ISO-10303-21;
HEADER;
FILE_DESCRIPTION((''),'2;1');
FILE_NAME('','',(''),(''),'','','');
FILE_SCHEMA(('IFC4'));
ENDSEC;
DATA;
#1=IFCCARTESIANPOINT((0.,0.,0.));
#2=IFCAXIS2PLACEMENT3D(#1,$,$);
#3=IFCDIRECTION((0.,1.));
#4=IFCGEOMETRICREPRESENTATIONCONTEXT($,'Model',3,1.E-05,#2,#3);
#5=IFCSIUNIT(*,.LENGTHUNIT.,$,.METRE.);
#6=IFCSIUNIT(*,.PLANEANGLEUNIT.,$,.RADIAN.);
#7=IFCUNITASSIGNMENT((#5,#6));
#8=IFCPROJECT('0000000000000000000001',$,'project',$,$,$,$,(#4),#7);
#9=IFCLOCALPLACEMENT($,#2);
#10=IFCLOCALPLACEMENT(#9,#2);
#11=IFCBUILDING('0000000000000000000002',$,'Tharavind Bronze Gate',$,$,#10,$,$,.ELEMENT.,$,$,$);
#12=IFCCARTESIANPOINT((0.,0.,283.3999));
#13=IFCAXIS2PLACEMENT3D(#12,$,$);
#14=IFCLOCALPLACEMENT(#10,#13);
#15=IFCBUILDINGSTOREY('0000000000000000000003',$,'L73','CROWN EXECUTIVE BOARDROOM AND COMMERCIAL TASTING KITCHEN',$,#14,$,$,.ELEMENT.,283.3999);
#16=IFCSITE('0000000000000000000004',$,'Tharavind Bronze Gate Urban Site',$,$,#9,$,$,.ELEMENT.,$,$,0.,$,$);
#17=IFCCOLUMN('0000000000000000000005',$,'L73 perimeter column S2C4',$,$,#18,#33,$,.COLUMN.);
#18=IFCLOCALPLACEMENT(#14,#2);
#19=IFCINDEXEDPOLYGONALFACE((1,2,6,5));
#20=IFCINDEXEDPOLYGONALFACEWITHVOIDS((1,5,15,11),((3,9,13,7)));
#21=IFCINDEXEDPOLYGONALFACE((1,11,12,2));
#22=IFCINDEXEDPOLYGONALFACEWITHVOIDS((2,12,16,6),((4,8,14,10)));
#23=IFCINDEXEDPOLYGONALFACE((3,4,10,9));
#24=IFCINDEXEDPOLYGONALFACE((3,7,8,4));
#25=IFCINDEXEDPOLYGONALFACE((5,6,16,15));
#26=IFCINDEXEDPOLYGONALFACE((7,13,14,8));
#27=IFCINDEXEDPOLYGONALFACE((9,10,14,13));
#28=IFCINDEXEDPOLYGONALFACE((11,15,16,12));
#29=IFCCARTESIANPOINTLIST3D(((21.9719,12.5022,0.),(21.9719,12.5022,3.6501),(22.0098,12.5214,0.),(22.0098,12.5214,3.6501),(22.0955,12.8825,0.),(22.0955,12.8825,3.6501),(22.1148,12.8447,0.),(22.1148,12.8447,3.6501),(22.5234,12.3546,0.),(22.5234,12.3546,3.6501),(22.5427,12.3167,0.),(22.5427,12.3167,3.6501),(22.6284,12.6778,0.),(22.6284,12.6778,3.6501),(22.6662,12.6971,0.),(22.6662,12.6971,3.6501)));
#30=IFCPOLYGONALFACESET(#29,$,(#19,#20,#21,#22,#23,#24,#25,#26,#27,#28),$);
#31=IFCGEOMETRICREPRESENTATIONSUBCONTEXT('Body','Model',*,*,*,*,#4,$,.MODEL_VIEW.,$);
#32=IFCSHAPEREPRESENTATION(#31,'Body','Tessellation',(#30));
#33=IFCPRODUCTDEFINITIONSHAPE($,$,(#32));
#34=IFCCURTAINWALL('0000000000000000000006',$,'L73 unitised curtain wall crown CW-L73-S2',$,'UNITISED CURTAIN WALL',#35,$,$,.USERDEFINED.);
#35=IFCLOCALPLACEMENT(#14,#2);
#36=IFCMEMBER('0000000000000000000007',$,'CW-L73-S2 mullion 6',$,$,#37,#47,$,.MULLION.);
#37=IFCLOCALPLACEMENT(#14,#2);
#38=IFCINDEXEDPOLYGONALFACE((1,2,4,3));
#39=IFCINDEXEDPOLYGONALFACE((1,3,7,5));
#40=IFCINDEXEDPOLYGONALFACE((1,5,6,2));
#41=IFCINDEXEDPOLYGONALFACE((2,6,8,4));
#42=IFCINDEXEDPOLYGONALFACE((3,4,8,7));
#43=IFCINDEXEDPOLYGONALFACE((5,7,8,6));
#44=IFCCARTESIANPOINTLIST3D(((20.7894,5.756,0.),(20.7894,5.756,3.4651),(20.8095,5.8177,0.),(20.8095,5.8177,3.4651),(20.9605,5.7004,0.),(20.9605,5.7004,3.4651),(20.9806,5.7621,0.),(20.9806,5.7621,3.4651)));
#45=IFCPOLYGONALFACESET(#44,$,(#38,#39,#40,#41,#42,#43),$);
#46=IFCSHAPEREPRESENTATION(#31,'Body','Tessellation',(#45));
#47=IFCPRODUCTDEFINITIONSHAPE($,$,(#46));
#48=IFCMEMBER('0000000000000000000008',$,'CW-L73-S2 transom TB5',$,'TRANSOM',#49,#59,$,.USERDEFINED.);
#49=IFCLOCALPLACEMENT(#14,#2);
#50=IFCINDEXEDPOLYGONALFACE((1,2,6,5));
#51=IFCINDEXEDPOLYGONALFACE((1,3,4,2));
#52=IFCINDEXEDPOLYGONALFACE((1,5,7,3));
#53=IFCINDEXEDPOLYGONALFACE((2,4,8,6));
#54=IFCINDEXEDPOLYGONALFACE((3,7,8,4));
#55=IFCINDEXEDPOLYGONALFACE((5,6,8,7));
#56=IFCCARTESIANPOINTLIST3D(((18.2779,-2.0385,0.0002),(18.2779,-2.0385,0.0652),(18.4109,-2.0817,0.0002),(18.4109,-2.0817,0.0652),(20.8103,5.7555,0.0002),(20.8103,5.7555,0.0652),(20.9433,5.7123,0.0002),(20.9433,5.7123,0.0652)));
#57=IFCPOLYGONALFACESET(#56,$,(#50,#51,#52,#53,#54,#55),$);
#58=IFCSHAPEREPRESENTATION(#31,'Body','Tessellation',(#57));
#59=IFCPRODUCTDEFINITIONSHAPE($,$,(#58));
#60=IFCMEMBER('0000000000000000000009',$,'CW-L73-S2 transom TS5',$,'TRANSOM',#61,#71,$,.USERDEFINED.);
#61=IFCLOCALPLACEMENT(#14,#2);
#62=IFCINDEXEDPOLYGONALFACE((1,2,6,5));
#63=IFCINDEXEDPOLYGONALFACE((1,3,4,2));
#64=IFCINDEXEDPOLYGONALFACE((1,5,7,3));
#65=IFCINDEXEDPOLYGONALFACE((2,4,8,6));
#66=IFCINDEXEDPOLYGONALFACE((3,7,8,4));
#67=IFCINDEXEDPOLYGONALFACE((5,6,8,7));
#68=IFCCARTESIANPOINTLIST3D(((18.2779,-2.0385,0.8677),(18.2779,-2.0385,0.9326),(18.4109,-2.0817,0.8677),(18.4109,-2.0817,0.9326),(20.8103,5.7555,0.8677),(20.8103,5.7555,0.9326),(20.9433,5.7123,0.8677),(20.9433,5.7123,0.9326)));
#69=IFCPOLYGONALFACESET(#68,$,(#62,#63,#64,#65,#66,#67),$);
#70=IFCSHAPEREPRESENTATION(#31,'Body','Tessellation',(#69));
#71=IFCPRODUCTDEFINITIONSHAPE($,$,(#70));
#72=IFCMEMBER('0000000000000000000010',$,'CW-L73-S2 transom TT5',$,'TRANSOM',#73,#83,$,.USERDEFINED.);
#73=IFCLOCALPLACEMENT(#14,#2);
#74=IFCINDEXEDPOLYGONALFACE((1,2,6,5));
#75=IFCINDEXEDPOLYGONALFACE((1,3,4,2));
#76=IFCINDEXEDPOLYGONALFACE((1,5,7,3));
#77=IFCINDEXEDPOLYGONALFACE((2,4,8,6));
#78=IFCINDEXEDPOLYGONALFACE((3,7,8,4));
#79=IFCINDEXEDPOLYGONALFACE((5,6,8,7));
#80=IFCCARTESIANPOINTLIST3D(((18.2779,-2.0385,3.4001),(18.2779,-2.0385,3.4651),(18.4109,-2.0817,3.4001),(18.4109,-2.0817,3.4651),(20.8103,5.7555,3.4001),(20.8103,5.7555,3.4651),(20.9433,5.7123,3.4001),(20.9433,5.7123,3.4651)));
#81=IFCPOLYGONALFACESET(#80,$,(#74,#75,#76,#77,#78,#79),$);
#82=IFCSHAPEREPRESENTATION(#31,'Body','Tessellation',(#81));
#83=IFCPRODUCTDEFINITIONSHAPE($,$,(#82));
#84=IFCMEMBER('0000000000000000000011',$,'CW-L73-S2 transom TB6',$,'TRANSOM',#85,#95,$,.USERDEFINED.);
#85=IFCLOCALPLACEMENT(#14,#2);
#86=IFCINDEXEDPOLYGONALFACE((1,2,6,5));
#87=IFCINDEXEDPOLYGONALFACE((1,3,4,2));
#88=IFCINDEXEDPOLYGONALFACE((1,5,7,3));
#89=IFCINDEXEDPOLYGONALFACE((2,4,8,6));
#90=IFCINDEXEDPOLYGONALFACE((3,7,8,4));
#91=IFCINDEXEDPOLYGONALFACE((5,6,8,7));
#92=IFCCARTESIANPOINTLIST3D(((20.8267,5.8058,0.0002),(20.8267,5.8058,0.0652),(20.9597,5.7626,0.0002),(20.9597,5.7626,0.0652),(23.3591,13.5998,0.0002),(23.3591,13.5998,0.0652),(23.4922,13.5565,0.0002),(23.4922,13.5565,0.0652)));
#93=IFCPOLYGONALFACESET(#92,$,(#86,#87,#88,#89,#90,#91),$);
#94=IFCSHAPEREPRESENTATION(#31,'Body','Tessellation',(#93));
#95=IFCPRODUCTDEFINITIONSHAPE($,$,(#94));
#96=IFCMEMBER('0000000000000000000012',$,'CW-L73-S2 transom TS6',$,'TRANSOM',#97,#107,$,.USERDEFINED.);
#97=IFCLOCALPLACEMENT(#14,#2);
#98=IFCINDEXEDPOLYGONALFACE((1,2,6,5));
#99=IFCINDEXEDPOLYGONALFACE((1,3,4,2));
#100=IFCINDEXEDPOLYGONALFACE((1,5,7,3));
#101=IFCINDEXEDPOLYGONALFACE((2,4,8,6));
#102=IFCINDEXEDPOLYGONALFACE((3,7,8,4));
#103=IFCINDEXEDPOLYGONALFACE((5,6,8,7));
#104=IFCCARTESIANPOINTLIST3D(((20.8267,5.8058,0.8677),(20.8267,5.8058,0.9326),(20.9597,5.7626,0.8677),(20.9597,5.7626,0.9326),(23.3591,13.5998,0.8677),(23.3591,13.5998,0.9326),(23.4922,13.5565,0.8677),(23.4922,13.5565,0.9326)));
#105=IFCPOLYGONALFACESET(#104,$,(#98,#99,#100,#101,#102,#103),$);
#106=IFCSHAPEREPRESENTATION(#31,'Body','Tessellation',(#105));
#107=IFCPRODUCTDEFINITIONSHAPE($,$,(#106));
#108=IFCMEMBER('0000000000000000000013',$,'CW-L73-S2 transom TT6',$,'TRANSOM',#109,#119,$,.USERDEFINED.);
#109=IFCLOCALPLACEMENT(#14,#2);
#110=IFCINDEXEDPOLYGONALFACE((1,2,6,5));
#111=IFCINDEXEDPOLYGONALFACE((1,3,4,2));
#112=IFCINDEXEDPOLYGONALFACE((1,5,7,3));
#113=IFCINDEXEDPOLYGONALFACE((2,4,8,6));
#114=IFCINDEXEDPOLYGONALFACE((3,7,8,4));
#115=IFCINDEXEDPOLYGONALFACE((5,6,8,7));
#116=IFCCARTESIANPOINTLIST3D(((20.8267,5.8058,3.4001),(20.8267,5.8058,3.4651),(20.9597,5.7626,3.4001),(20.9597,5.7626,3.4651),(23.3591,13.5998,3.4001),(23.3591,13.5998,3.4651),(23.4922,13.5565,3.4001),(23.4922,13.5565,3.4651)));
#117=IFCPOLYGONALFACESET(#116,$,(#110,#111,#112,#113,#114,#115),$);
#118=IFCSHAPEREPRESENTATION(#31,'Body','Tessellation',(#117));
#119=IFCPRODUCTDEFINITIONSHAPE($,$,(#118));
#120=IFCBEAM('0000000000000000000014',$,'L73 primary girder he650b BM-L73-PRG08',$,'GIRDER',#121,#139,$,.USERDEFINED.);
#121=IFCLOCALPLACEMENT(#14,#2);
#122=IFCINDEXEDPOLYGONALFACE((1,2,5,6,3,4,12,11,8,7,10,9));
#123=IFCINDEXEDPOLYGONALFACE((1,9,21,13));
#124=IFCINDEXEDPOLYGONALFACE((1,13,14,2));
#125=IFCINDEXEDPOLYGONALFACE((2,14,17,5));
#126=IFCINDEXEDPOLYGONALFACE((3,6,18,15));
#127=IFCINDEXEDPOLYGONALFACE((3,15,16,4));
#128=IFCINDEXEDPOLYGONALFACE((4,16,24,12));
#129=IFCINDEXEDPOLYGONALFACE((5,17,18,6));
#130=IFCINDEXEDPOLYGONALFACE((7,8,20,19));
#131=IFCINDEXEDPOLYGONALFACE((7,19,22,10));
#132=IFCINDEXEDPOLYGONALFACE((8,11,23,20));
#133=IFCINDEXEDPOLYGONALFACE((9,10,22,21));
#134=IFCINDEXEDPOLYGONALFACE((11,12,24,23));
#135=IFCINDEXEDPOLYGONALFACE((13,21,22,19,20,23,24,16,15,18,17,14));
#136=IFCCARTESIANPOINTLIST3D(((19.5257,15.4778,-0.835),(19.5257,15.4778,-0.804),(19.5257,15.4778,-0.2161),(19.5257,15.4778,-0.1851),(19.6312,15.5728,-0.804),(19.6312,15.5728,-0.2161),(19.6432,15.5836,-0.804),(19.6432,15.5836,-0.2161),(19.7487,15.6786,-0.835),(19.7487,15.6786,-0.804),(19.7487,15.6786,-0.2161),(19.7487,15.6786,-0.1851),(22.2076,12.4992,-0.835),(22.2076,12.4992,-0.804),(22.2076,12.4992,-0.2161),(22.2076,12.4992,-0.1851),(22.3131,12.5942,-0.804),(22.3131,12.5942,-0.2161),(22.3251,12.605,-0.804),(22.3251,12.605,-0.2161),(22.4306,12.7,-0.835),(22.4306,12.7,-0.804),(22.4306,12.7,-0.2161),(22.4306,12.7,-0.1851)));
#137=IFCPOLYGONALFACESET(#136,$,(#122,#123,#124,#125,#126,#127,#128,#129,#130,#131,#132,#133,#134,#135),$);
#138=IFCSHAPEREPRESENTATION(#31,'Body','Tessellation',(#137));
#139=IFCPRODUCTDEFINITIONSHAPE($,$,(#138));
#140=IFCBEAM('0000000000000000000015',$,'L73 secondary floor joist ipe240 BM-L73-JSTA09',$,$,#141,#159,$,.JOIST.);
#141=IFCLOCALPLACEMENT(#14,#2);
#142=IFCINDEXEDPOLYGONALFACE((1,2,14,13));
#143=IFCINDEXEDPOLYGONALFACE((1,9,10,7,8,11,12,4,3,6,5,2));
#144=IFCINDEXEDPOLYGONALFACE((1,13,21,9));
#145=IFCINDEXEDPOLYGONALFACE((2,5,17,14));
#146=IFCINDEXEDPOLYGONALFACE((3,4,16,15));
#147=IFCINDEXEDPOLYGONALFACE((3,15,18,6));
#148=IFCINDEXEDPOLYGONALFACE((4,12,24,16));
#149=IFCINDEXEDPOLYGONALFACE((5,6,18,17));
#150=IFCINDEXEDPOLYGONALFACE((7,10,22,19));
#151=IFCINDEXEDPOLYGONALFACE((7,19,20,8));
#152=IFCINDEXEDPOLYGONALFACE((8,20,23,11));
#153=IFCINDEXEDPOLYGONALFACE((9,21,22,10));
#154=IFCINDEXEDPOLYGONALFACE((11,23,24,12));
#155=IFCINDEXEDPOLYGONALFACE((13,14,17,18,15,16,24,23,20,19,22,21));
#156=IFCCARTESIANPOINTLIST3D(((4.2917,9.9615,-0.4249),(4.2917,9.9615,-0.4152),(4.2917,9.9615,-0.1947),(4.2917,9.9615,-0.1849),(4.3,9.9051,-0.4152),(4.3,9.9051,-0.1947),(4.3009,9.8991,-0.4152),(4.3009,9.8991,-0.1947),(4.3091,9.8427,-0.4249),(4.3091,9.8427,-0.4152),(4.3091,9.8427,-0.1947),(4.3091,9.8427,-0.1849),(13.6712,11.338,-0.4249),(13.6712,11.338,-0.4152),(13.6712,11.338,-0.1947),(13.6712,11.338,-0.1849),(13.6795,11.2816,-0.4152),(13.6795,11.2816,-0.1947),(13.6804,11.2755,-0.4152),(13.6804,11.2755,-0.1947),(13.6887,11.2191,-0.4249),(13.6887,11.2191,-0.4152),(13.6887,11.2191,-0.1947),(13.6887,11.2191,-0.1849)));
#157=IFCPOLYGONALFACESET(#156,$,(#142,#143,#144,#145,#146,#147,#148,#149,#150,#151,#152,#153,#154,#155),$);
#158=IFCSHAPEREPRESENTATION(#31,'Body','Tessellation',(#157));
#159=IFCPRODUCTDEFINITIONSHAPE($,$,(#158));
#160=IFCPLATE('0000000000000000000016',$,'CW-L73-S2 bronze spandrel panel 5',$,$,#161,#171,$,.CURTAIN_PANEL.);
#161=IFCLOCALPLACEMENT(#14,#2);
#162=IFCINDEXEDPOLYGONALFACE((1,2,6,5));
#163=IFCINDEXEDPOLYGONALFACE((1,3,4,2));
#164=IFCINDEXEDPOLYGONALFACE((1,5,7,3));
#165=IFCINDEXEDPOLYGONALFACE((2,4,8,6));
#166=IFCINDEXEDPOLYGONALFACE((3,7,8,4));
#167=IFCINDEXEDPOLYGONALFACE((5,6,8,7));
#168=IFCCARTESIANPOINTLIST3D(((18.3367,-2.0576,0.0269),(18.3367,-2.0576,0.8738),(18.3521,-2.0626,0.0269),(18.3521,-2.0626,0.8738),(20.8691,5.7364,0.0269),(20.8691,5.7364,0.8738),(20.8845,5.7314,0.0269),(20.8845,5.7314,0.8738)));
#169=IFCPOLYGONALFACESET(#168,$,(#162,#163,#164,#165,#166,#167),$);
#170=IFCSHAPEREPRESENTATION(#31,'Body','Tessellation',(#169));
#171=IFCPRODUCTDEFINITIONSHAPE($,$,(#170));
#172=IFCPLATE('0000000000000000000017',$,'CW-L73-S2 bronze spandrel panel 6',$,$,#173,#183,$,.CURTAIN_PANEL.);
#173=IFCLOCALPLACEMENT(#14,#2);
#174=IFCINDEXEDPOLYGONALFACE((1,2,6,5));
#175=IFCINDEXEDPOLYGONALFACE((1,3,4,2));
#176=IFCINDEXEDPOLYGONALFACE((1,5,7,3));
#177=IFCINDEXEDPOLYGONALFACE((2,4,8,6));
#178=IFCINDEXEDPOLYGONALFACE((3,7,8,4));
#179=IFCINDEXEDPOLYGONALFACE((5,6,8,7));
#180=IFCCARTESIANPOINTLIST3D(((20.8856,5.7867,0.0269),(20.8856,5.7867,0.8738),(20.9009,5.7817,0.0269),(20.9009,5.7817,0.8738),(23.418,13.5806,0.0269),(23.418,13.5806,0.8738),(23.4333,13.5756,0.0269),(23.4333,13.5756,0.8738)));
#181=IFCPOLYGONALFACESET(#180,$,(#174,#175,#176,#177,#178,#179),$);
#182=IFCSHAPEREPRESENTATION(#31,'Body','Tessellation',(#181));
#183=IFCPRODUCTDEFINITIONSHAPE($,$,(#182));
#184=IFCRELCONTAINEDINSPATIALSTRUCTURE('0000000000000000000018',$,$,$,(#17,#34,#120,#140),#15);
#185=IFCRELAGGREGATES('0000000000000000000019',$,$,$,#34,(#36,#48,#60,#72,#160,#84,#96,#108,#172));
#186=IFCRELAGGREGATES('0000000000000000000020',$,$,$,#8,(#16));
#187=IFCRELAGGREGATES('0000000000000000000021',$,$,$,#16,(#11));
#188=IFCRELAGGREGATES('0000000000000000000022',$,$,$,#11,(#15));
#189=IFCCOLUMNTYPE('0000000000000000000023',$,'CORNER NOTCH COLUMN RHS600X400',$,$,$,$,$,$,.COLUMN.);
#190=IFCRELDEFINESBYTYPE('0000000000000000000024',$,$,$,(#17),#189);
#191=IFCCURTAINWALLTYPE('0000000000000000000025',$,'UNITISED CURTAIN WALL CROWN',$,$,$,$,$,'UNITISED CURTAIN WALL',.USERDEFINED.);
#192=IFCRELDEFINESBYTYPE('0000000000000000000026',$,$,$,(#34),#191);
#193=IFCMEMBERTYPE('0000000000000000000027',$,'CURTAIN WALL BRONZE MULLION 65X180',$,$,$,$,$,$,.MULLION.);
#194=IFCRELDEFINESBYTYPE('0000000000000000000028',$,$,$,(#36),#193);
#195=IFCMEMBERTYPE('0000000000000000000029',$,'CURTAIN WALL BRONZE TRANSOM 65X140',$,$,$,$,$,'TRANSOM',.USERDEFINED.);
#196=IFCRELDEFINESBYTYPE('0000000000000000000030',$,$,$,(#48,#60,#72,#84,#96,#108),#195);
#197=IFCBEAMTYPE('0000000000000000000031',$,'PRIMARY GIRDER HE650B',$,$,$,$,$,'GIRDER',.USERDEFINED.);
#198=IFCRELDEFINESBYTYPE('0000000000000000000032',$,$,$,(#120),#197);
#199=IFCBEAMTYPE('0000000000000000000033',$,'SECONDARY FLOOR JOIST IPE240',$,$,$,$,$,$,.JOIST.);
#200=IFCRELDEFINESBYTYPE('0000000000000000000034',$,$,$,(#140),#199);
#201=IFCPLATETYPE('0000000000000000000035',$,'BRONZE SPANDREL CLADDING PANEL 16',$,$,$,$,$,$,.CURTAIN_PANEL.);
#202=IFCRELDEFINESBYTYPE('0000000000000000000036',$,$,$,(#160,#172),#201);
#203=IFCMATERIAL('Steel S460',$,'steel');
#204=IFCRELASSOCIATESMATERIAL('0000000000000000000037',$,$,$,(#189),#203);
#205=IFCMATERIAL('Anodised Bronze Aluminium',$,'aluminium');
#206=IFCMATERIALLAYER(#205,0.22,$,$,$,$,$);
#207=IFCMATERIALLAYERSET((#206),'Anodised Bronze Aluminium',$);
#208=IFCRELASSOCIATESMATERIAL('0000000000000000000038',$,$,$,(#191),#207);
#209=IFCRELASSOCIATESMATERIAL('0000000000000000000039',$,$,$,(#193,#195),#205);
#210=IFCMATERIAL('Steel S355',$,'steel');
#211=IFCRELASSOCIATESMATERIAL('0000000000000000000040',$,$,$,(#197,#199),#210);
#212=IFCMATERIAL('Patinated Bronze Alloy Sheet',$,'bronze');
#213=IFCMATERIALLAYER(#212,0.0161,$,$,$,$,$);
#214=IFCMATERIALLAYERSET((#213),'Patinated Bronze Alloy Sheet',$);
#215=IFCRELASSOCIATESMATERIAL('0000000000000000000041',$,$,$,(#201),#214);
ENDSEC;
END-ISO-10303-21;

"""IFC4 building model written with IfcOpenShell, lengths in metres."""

from ifc_helpers import new_model, si_unit, direction, frame, origin, origin_2d, place, context, subcontext, project, spatial, rectangle, hollow_rectangle, i_section, extrude, material, layer, layer_set, material_profile, profile_set, type_object, element, aggregate, save


model = new_model("IFC4")

# Units and contexts
model_context = context("Model", 3, precision=1e-05, world=origin(), true_north=direction((0.0, 1.0)))
body_context = subcontext(model_context, "Body", "Model", "MODEL_VIEW")
ifc_project = project(units=[si_unit("LENGTHUNIT", "METRE"), si_unit("PLANEANGLEUNIT", "RADIAN")], contexts=[model_context])

# Site, building, storey
site_placement = place(None, origin())
site = spatial("IfcSite", under=ifc_project, at=site_placement, Name="Tharavind Bronze Gate Urban Site", CompositionType="ELEMENT", RefElevation=0.0)
building_placement = place(site_placement, origin())
building = spatial("IfcBuilding", under=site, at=building_placement, Name="Tharavind Bronze Gate", CompositionType="ELEMENT")
storey_placement = place(building_placement, frame((0.0, 0.0, 283.3999)))
storey = spatial("IfcBuildingStorey", under=building, at=storey_placement, Name="L73", Description="CROWN EXECUTIVE BOARDROOM AND COMMERCIAL TASTING KITCHEN", CompositionType="ELEMENT", Elevation=283.3999)

# Column
ifc_material_1 = material(Name="Steel S460", Category="steel")
ifc_material_profile_1 = material_profile(ifc_material_1, hollow_rectangle(XDim=0.3999, YDim=0.6001, WallThickness=0.03, at=origin_2d()), Name="RHS600X400X30")
ifc_profile_set_1 = profile_set([ifc_material_profile_1], Name="Steel S460")
column_type = type_object("IfcColumnType", Name="CORNER NOTCH COLUMN RHS600X400", PredefinedType="COLUMN", material=ifc_profile_set_1)
column_placement = place(storey_placement, frame((22.3191, 12.5996, 0.0), z_axis=(0.0, 0.0, 1.0), x_axis=(0.309019, 0.951056, 0.0)))
element("IfcColumn", 1, at=column_placement, inside=storey, type_object=column_type, Name="L73 perimeter column S2C4", PredefinedType="COLUMN", context=body_context, shape_type="SweptSolid", body=[
    extrude(hollow_rectangle(XDim=0.3999, YDim=0.6001, WallThickness=0.03, at=origin_2d()), origin(), (0.0, 0.0, 1.0), 3.6501),
])

# Curtain wall, members
ifc_material_2 = material(Name="Anodised Bronze Aluminium", Category="aluminium")
ifc_layer_1 = layer(ifc_material_2, 0.22)
ifc_layer_set_1 = layer_set([ifc_layer_1], Name="Anodised Bronze Aluminium")
curtain_wall_type = type_object("IfcCurtainWallType", Name="UNITISED CURTAIN WALL CROWN", ElementType="UNITISED CURTAIN WALL", PredefinedType="USERDEFINED", material=ifc_layer_set_1)
curtain_wall_placement = place(storey_placement, origin())
curtain_wall = element("IfcCurtainWall", 2, at=curtain_wall_placement, inside=storey, type_object=curtain_wall_type, Name="L73 unitised curtain wall crown CW-L73-S2", ObjectType="UNITISED CURTAIN WALL", PredefinedType="USERDEFINED")
member_type_1 = type_object("IfcMemberType", Name="CURTAIN WALL BRONZE MULLION 65X180", PredefinedType="MULLION", material=ifc_material_2)
member_1_placement = place(storey_placement, frame((20.885, 5.759, 0.0), z_axis=(0.0, 0.0, 1.0), x_axis=(0.309017, 0.951057, 0.0)))
member_1 = element("IfcMember", 3, at=member_1_placement, type_object=member_type_1, Name="CW-L73-S2 mullion 6", PredefinedType="MULLION", context=body_context, shape_type="SweptSolid", body=[
    extrude(rectangle(XDim=0.0649, YDim=0.1799, at=origin_2d()), origin(), (0.0, 0.0, 1.0), 3.4651),
])
member_type_2 = type_object("IfcMemberType", Name="CURTAIN WALL BRONZE TRANSOM 65X140", ElementType="TRANSOM", PredefinedType="USERDEFINED", material=ifc_material_2)
member_2_placement = place(storey_placement, frame((19.6106, 1.8369, 0.0002), z_axis=(0.0, 0.0, 1.0), x_axis=(0.309017, 0.951057, 0.0)))
member_2 = element("IfcMember", 4, at=member_2_placement, type_object=member_type_2, Name="CW-L73-S2 transom TB5", ObjectType="TRANSOM", PredefinedType="USERDEFINED", context=body_context, shape_type="SweptSolid", body=[
    extrude(rectangle(XDim=8.1951, YDim=0.1399, at=origin_2d()), origin(), (0.0, 0.0, 1.0), 0.0649),
])
member_3_placement = place(storey_placement, frame((19.6106, 1.8369, 0.8677), z_axis=(0.0, 0.0, 1.0), x_axis=(0.309017, 0.951057, 0.0)))
member_3 = element("IfcMember", 5, at=member_3_placement, type_object=member_type_2, Name="CW-L73-S2 transom TS5", ObjectType="TRANSOM", PredefinedType="USERDEFINED", context=body_context, shape_type="SweptSolid", body=[
    extrude(rectangle(XDim=8.1951, YDim=0.1399, at=origin_2d()), origin(), (0.0, 0.0, 1.0), 0.0649),
])
member_4_placement = place(storey_placement, frame((19.6106, 1.8369, 3.4001), z_axis=(0.0, 0.0, 1.0), x_axis=(0.309017, 0.951057, 0.0)))
member_4 = element("IfcMember", 6, at=member_4_placement, type_object=member_type_2, Name="CW-L73-S2 transom TT5", ObjectType="TRANSOM", PredefinedType="USERDEFINED", context=body_context, shape_type="SweptSolid", body=[
    extrude(rectangle(XDim=8.1951, YDim=0.1399, at=origin_2d()), origin(), (0.0, 0.0, 1.0), 0.0649),
])
member_5_placement = place(storey_placement, frame((22.1594, 9.6812, 0.0002), z_axis=(0.0, 0.0, 1.0), x_axis=(0.309017, 0.951057, 0.0)))
member_5 = element("IfcMember", 7, at=member_5_placement, type_object=member_type_2, Name="CW-L73-S2 transom TB6", ObjectType="TRANSOM", PredefinedType="USERDEFINED", context=body_context, shape_type="SweptSolid", body=[
    extrude(rectangle(XDim=8.1951, YDim=0.1399, at=origin_2d()), origin(), (0.0, 0.0, 1.0), 0.0649),
])
member_6_placement = place(storey_placement, frame((22.1594, 9.6812, 0.8677), z_axis=(0.0, 0.0, 1.0), x_axis=(0.309017, 0.951057, 0.0)))
member_6 = element("IfcMember", 8, at=member_6_placement, type_object=member_type_2, Name="CW-L73-S2 transom TS6", ObjectType="TRANSOM", PredefinedType="USERDEFINED", context=body_context, shape_type="SweptSolid", body=[
    extrude(rectangle(XDim=8.1951, YDim=0.1399, at=origin_2d()), origin(), (0.0, 0.0, 1.0), 0.0649),
])
member_7_placement = place(storey_placement, frame((22.1594, 9.6812, 3.4001), z_axis=(0.0, 0.0, 1.0), x_axis=(0.309017, 0.951057, 0.0)))
member_7 = element("IfcMember", 9, at=member_7_placement, type_object=member_type_2, Name="CW-L73-S2 transom TT6", ObjectType="TRANSOM", PredefinedType="USERDEFINED", context=body_context, shape_type="SweptSolid", body=[
    extrude(rectangle(XDim=8.1951, YDim=0.1399, at=origin_2d()), origin(), (0.0, 0.0, 1.0), 0.0649),
])

# Beams
ifc_material_3 = material(Name="Steel S355", Category="steel")
ifc_material_profile_2 = material_profile(ifc_material_3, i_section(OverallWidth=0.3, OverallDepth=0.6499, WebThickness=0.0161, FlangeThickness=0.031, at=origin_2d()), Name="HE650B")
ifc_profile_set_2 = profile_set([ifc_material_profile_2], Name="Steel S355")
beam_type_1 = type_object("IfcBeamType", Name="PRIMARY GIRDER HE650B", ElementType="GIRDER", PredefinedType="USERDEFINED", material=ifc_profile_set_2)
beam_1_placement = place(storey_placement, frame((22.3191, 12.5996, -0.51), z_axis=(-0.669133, 0.743143, 0.0), x_axis=(-0.743143, -0.669133, 0.0)))
element("IfcBeam", 10, at=beam_1_placement, inside=storey, type_object=beam_type_1, Name="L73 primary girder he650b BM-L73-PRG08", ObjectType="GIRDER", PredefinedType="USERDEFINED", context=body_context, shape_type="SweptSolid", body=[
    extrude(i_section(OverallWidth=0.3, OverallDepth=0.6499, WebThickness=0.0161, FlangeThickness=0.031, at=origin_2d()), origin(), (0.0, 0.0, 1.0), 4.0081),
])
ifc_material_profile_3 = material_profile(ifc_material_3, i_section(OverallWidth=0.1201, OverallDepth=0.24, WebThickness=0.0061, FlangeThickness=0.0098, at=origin_2d()), Name="IPE240")
ifc_profile_set_3 = profile_set([ifc_material_profile_3], Name="Steel S355")
beam_type_2 = type_object("IfcBeamType", Name="SECONDARY FLOOR JOIST IPE240", PredefinedType="JOIST", material=ifc_profile_set_3)
beam_2_placement = place(storey_placement, frame((13.6799, 11.2786, -0.3049), z_axis=(-0.989403, -0.145195, 0.0), x_axis=(0.145195, -0.989403, 0.0)))
element("IfcBeam", 11, at=beam_2_placement, inside=storey, type_object=beam_type_2, Name="L73 secondary floor joist ipe240 BM-L73-JSTA09", PredefinedType="JOIST", context=body_context, shape_type="SweptSolid", body=[
    extrude(i_section(OverallWidth=0.1201, OverallDepth=0.24, WebThickness=0.0061, FlangeThickness=0.0098, at=origin_2d()), origin(), (0.0, 0.0, 1.0), 9.48),
])

# Plates
ifc_material_4 = material(Name="Patinated Bronze Alloy Sheet", Category="bronze")
ifc_layer_2 = layer(ifc_material_4, 0.0161)
ifc_layer_set_2 = layer_set([ifc_layer_2], Name="Patinated Bronze Alloy Sheet")
plate_type_1 = type_object("IfcPlateType", Name="BRONZE SPANDREL CLADDING PANEL 16", PredefinedType="CURTAIN_PANEL", material=ifc_layer_set_2)
plate_1_placement = place(storey_placement, frame((19.6106, 1.8369, 0.0269), z_axis=(0.0, 0.0, 1.0), x_axis=(0.309017, 0.951057, 0.0)))
plate_1 = element("IfcPlate", 12, at=plate_1_placement, type_object=plate_type_1, Name="CW-L73-S2 bronze spandrel panel 5", PredefinedType="CURTAIN_PANEL", context=body_context, shape_type="SweptSolid", body=[
    extrude(rectangle(XDim=8.1951, YDim=0.0161, at=origin_2d()), origin(), (0.0, 0.0, 1.0), 0.8469),
])
plate_2_placement = place(storey_placement, frame((22.1594, 9.6812, 0.0269), z_axis=(0.0, 0.0, 1.0), x_axis=(0.309017, 0.951057, 0.0)))
plate_2 = element("IfcPlate", 13, at=plate_2_placement, type_object=plate_type_1, Name="CW-L73-S2 bronze spandrel panel 6", PredefinedType="CURTAIN_PANEL", context=body_context, shape_type="SweptSolid", body=[
    extrude(rectangle(XDim=8.1951, YDim=0.0161, at=origin_2d()), origin(), (0.0, 0.0, 1.0), 0.8469),
])
aggregate(curtain_wall, [member_1, member_2, member_3, member_4, plate_1, member_5, member_6, member_7, plate_2])

save(model, "model.ifc")
